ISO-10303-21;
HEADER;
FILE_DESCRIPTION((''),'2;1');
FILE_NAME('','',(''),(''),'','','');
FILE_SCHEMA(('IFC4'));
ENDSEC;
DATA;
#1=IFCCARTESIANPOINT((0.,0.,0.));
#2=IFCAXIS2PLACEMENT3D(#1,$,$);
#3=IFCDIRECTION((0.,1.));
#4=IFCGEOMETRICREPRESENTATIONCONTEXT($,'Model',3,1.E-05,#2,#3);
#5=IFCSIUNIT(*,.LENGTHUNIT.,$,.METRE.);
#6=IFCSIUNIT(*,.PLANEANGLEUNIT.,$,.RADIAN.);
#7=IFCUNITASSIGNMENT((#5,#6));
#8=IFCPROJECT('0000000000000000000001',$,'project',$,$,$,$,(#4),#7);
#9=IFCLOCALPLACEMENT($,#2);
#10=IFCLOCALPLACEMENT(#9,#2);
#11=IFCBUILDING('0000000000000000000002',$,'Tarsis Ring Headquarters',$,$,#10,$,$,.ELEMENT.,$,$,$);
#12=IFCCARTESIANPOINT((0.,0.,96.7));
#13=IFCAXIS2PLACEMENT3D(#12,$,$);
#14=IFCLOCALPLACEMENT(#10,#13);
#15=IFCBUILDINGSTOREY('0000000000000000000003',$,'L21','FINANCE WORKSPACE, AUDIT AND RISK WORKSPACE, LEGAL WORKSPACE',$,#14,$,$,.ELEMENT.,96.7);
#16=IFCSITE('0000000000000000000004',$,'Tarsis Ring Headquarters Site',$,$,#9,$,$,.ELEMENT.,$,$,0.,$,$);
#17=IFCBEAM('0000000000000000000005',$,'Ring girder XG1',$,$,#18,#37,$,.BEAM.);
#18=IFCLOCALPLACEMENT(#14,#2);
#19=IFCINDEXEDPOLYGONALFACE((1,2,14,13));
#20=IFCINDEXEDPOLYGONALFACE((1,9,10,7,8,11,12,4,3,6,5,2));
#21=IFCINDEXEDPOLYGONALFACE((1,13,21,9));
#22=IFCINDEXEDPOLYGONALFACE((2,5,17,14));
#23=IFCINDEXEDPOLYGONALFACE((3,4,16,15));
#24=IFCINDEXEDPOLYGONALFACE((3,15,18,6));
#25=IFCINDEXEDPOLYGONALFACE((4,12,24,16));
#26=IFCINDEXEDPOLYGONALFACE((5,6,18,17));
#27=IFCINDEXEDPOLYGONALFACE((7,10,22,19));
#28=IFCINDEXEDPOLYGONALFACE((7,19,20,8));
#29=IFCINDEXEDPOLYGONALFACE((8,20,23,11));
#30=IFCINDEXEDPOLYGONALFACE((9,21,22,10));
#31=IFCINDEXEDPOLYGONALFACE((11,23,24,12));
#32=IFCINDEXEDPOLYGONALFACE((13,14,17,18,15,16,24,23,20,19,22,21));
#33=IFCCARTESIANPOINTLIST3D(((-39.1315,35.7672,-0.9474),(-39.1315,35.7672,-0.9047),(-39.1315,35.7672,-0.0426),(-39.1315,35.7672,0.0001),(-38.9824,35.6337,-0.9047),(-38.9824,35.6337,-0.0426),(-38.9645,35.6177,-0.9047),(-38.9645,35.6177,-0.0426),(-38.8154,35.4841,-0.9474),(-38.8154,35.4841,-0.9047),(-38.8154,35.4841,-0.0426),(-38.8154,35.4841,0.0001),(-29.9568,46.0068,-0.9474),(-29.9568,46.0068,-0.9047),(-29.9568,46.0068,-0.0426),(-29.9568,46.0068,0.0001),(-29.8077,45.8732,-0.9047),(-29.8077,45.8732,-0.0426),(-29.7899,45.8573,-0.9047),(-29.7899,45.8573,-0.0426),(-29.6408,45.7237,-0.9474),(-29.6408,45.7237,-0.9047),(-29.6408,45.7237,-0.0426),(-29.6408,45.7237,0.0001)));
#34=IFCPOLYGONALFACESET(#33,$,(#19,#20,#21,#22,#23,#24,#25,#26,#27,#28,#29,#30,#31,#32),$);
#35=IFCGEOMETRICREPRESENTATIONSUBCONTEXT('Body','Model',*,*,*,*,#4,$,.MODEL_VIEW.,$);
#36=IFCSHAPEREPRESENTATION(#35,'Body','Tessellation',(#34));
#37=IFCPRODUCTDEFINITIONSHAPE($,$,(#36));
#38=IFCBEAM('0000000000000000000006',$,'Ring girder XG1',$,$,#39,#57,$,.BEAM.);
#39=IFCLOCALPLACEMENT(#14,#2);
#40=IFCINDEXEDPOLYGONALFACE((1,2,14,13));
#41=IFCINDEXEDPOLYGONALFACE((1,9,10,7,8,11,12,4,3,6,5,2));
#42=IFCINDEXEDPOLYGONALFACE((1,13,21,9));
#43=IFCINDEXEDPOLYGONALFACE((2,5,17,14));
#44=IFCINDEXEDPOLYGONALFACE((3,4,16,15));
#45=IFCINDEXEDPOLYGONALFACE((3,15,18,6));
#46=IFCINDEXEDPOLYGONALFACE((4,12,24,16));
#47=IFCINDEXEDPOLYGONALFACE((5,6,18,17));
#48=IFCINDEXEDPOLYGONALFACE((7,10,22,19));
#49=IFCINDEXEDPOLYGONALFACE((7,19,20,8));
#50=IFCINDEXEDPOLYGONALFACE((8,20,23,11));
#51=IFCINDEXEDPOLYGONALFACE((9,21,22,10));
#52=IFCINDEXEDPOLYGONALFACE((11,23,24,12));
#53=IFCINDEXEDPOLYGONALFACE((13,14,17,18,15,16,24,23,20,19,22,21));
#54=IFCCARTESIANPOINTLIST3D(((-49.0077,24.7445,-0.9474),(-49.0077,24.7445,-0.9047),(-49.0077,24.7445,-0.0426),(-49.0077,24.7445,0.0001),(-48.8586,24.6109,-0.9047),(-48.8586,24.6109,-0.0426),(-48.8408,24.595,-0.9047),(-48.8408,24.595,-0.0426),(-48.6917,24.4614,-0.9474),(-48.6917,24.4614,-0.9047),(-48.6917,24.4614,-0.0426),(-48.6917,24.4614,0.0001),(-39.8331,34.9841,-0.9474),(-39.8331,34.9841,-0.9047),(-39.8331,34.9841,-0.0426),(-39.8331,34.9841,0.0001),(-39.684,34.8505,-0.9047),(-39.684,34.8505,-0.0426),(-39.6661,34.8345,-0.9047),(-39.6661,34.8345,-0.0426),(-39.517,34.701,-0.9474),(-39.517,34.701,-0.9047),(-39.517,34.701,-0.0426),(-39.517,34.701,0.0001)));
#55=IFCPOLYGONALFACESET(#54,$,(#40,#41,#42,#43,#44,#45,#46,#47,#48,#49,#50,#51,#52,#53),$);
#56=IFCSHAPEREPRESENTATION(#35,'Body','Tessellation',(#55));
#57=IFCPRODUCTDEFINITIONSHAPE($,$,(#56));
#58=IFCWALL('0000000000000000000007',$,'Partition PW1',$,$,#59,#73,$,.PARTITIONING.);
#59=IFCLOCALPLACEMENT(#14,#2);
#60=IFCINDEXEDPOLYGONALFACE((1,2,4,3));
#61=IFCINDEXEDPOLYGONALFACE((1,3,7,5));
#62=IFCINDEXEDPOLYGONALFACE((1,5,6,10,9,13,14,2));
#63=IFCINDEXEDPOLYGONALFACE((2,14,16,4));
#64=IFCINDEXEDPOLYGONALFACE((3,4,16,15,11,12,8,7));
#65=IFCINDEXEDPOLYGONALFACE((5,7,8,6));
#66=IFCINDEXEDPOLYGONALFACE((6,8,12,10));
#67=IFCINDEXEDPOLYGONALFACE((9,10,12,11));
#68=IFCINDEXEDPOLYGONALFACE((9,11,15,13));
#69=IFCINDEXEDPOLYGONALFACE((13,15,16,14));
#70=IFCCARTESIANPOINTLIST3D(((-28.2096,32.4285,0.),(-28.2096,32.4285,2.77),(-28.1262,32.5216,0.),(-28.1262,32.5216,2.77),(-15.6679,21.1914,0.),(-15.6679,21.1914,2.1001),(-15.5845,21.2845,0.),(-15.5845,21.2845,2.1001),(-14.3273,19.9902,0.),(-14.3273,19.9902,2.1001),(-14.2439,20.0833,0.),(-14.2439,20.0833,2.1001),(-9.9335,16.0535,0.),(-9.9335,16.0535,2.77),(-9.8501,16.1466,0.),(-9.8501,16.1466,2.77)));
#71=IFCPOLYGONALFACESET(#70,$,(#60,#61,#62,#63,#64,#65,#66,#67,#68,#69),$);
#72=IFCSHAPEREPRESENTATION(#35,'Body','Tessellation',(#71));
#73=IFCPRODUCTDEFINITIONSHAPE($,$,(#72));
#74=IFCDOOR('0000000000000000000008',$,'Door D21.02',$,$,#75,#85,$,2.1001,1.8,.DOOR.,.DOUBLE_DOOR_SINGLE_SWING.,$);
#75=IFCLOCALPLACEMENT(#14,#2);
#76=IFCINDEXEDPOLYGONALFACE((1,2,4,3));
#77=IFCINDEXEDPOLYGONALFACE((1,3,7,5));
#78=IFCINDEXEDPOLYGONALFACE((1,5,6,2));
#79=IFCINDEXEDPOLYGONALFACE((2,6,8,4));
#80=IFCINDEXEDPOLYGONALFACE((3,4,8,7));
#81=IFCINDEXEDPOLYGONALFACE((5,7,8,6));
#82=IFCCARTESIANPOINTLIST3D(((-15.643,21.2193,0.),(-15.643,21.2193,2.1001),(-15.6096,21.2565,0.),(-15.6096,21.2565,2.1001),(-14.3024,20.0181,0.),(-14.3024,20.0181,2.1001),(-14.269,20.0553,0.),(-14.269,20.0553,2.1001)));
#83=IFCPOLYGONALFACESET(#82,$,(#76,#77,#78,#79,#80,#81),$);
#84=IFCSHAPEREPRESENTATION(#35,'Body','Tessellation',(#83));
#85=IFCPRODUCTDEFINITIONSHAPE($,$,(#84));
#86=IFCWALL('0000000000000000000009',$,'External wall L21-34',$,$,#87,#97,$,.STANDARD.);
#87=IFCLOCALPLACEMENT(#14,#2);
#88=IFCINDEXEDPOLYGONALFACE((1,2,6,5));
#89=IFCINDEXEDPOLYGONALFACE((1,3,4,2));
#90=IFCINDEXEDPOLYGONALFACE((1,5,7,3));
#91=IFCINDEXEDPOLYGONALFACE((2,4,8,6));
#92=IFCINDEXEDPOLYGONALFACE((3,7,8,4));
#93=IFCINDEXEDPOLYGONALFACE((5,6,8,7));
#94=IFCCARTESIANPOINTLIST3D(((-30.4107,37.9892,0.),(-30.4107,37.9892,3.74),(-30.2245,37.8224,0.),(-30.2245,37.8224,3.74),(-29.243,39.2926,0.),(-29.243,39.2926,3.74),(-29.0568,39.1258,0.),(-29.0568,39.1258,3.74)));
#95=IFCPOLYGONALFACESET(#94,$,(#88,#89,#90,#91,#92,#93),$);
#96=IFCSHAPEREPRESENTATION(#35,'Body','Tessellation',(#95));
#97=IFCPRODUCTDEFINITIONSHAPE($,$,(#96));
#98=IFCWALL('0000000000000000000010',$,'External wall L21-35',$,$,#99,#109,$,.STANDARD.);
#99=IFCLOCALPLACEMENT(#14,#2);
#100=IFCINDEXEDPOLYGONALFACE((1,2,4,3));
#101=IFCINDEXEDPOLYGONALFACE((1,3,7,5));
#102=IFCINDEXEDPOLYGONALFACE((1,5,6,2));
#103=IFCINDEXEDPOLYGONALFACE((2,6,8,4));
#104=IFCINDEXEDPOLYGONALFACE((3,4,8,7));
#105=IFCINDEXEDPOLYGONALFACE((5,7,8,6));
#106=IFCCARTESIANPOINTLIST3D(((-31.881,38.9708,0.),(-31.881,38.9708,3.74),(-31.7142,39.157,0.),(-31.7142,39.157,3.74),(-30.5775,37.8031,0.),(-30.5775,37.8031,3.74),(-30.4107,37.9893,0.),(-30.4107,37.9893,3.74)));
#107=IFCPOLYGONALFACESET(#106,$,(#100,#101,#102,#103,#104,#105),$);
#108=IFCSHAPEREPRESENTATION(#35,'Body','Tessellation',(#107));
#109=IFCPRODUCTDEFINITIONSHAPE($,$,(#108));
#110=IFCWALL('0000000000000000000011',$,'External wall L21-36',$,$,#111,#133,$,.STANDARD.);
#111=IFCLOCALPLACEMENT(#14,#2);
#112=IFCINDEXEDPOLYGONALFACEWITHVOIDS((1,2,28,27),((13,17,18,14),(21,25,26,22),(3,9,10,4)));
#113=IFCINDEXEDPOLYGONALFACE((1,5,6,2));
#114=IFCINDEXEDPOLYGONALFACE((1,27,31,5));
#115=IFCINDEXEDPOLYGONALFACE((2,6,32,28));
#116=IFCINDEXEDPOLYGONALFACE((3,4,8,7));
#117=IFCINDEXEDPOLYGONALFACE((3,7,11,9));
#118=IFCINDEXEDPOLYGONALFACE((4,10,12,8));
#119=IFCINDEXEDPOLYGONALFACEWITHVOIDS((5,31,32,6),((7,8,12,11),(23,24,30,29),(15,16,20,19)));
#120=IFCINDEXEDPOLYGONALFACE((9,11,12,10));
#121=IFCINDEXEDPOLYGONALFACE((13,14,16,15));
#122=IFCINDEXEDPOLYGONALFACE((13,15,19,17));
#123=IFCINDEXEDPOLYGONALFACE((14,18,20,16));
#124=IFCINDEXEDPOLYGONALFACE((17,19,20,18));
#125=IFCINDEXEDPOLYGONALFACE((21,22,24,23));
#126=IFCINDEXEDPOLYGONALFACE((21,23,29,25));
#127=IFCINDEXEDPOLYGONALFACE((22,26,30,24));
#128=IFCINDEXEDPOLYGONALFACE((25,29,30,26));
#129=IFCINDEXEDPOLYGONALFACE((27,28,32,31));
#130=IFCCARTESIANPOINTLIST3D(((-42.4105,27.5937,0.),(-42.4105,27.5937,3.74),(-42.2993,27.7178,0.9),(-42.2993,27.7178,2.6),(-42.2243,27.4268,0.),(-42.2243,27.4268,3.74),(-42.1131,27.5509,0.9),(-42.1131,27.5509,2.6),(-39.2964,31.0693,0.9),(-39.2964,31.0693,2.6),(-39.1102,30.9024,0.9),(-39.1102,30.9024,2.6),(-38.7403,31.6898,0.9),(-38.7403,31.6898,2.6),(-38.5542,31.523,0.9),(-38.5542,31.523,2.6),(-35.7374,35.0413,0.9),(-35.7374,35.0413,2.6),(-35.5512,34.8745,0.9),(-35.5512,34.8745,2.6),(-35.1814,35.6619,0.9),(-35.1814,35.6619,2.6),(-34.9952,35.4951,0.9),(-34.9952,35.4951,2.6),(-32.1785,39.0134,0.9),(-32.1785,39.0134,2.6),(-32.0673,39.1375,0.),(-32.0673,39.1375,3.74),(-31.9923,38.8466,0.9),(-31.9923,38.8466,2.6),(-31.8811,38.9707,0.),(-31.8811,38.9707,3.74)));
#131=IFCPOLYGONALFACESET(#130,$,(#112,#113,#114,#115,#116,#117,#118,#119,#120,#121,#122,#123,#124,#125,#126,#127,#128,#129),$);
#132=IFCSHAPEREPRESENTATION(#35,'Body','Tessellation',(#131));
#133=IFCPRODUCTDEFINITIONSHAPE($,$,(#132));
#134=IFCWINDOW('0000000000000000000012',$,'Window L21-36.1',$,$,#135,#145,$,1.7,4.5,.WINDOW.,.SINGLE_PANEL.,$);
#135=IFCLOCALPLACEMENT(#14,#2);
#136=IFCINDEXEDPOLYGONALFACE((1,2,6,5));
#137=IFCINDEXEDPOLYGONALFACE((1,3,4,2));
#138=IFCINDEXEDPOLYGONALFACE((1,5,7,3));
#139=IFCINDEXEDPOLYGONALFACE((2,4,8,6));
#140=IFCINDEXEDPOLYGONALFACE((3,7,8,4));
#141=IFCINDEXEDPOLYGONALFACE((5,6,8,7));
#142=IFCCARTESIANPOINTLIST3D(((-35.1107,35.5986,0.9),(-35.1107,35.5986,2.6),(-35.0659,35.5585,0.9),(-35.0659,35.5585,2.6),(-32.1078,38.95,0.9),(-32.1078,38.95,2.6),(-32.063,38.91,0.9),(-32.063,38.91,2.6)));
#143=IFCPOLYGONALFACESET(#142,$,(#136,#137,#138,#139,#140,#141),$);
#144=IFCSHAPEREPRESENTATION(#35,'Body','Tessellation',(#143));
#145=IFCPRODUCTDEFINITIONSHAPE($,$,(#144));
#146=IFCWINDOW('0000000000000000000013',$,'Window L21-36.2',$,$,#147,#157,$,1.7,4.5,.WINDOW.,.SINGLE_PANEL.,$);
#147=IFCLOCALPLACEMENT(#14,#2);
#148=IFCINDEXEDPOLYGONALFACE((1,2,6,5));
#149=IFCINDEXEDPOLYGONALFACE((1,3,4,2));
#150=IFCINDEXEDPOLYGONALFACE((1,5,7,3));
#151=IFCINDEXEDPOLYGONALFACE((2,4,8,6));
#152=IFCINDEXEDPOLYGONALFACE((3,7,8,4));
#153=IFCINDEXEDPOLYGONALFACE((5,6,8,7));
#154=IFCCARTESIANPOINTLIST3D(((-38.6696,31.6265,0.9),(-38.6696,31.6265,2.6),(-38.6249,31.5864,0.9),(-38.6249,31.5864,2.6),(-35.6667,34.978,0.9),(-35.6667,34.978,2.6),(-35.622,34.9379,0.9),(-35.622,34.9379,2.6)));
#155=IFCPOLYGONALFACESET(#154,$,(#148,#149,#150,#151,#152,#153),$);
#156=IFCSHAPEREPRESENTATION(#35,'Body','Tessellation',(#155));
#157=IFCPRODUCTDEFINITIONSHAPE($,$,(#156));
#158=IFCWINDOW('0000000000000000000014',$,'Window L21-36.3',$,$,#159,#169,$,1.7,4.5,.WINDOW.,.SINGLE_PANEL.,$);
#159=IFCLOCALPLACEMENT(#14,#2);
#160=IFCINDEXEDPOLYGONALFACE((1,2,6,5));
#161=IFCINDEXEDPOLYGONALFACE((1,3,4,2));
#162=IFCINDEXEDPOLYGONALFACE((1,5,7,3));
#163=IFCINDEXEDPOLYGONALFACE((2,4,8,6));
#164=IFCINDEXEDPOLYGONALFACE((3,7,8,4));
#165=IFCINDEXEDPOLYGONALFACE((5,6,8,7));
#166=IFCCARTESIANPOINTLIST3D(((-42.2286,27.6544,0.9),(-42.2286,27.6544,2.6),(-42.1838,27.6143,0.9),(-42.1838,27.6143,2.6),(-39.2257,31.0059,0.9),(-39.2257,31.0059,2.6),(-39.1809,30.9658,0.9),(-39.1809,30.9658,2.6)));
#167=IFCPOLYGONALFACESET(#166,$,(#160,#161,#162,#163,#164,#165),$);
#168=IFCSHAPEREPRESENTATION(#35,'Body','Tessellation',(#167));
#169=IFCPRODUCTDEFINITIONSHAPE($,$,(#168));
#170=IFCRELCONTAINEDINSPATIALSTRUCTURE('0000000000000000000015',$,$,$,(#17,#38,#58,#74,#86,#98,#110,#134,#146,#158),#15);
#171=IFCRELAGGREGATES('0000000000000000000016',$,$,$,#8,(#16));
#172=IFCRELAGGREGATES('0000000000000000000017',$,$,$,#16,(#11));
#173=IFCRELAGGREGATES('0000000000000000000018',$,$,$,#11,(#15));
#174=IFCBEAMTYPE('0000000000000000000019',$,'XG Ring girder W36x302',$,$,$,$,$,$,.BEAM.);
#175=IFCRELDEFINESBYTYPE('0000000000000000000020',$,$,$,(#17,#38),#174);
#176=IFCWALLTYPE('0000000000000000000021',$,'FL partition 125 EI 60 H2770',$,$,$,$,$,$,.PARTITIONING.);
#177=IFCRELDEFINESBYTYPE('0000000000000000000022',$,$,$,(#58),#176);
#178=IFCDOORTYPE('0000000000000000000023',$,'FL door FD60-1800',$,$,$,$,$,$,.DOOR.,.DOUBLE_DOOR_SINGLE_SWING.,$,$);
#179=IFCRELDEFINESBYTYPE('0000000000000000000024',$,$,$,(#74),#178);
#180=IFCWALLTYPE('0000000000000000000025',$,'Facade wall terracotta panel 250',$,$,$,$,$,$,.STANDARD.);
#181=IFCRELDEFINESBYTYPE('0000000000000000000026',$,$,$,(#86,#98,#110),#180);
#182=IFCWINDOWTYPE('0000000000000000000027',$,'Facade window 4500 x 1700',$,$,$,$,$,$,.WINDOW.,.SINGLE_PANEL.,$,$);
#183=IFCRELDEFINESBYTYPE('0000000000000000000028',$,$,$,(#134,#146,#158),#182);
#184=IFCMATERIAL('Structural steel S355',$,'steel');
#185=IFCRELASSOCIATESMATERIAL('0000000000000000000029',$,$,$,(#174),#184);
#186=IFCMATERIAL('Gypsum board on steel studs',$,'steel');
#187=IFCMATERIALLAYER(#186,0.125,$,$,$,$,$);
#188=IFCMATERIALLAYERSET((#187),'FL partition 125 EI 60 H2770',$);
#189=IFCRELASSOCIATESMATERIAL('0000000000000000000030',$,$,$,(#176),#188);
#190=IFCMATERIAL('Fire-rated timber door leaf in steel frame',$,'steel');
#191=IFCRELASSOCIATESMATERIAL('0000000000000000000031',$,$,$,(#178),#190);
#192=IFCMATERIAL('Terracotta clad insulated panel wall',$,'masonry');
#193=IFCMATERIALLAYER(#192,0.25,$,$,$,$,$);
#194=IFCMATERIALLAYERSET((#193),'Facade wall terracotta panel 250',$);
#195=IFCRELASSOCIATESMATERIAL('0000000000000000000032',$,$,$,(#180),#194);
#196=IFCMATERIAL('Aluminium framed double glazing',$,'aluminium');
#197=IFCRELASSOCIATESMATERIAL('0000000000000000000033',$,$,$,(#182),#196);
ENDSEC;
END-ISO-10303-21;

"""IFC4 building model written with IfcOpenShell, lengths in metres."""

from ifc_helpers import new_model, si_unit, direction, frame, frame_2d, origin, origin_2d, place, context, subcontext, project, spatial, rectangle, i_section, extrude, material, layer, layer_set, material_profile, profile_set, type_object, element, fill, save


model = new_model("IFC4")

# Units and contexts
model_context = context("Model", 3, precision=1e-05, world=origin(), true_north=direction((0.0, 1.0)))
body_context = subcontext(model_context, "Body", "Model", "MODEL_VIEW")
ifc_project = project(units=[si_unit("LENGTHUNIT", "METRE"), si_unit("PLANEANGLEUNIT", "RADIAN")], contexts=[model_context])

# Site, building, storey
site_placement = place(None, origin())
site = spatial("IfcSite", under=ifc_project, at=site_placement, Name="Tarsis Ring Headquarters Site", CompositionType="ELEMENT", RefElevation=0.0)
building_placement = place(site_placement, origin())
building = spatial("IfcBuilding", under=site, at=building_placement, Name="Tarsis Ring Headquarters", CompositionType="ELEMENT")
storey_placement = place(building_placement, frame((0.0, 0.0, 96.7)))
storey = spatial("IfcBuildingStorey", under=building, at=storey_placement, Name="L21", Description="FINANCE WORKSPACE, AUDIT AND RISK WORKSPACE, LEGAL WORKSPACE", CompositionType="ELEMENT", Elevation=96.7)

# Shared definitions
ifc_material_1 = material(Name="Structural steel S355", Category="steel")

# Beams
ifc_material_profile_1 = material_profile(ifc_material_1, i_section(OverallWidth=0.4243, OverallDepth=0.9475, WebThickness=0.0239, FlangeThickness=0.0427, at=origin_2d()), Name="W36x302")
ifc_profile_set_1 = profile_set([ifc_material_profile_1], Name="Structural steel S355")
beam_type = type_object("IfcBeamType", Name="XG Ring girder W36x302", PredefinedType="BEAM", material=ifc_profile_set_1)
for number, where, z_axis, x_axis, name in (
    (1, (-29.7988, 45.8652, -0.4736), (-0.667316, -0.744775, 0.0), (0.744775, -0.667316, 0.0), "Ring girder XG1"),
    (2, (-39.675, 34.8425, -0.4736), (-0.667316, -0.744775, 0.0), (0.744775, -0.667316, 0.0), "Ring girder XG1"),
):
    element("IfcBeam", number, at=place(storey_placement, frame(where, z_axis=z_axis, x_axis=x_axis)), inside=storey, type_object=beam_type, Name=name, PredefinedType="BEAM", context=body_context, shape_type="SweptSolid", body=[
        extrude(i_section(OverallWidth=0.4243, OverallDepth=0.9475, WebThickness=0.0239, FlangeThickness=0.0427, at=origin_2d()), origin(), (0.0, 0.0, 1.0), 13.7485),
    ])

# Wall, opening, door
ifc_material_2 = material(Name="Gypsum board on steel studs", Category="steel")
ifc_layer_1 = layer(ifc_material_2, 0.125)
ifc_layer_set_1 = layer_set([ifc_layer_1], Name="FL partition 125 EI 60 H2770")
wall_type_1 = type_object("IfcWallType", Name="FL partition 125 EI 60 H2770", PredefinedType="PARTITIONING", material=ifc_layer_set_1)
wall_1_placement = place(storey_placement, frame((-28.168, 32.4751, 0.0), z_axis=(0.0, 0.0, 1.0), x_axis=(0.744782, -0.667308, 0.0)))
wall_1 = element("IfcWall", 3, at=wall_1_placement, inside=storey, type_object=wall_type_1, Name="Partition PW1", PredefinedType="PARTITIONING", context=body_context, shape_type="SweptSolid", body=[
    extrude(rectangle(XDim=24.5388, YDim=0.125, at=frame_2d((12.2695, 0.0))), origin(), (0.0, 0.0, 1.0), 2.77),
])
opening_1_placement = place(wall_1_placement, frame((16.8396, 0.0, 0.0)))
opening_1 = element("IfcOpeningElement", 4, at=opening_1_placement, cuts=wall_1, PredefinedType="OPENING", context=body_context, shape_type="SweptSolid", body=[
    extrude(rectangle(XDim=1.8, YDim=2.1001, at=frame_2d((0.8999, 1.05))), frame((0.0, 0.0725, 0.0), z_axis=(0.0, -1.0, 0.0), x_axis=(1.0, 0.0, 0.0)), (0.0, 0.0, 1.0), 0.145),
])
ifc_material_3 = material(Name="Fire-rated timber door leaf in steel frame", Category="steel")
door_type = type_object("IfcDoorType", Name="FL door FD60-1800", OperationType="DOUBLE_DOOR_SINGLE_SWING", PredefinedType="DOOR", material=ifc_material_3)
door_placement = place(opening_1_placement, origin())
door = element("IfcDoor", 5, at=door_placement, inside=storey, type_object=door_type, Name="Door D21.02", OperationType="DOUBLE_DOOR_SINGLE_SWING", OverallHeight=2.1001, OverallWidth=1.8, PredefinedType="DOOR", context=body_context, shape_type="SweptSolid", body=[
    extrude(rectangle(XDim=1.8, YDim=2.1001, at=frame_2d((0.8999, 1.05))), frame((0.0, 0.0249, 0.0), z_axis=(0.0, -1.0, 0.0), x_axis=(1.0, 0.0, 0.0)), (0.0, 0.0, 1.0), 0.05),
])
fill(opening_1, door)

# Walls
ifc_material_4 = material(Name="Terracotta clad insulated panel wall", Category="masonry")
ifc_layer_2 = layer(ifc_material_4, 0.25)
ifc_layer_set_2 = layer_set([ifc_layer_2], Name="Facade wall terracotta panel 250")
wall_type_2 = type_object("IfcWallType", Name="Facade wall terracotta panel 250", PredefinedType="STANDARD", material=ifc_layer_set_2)
for number, where, z_axis, x_axis, name in (
    (6, (-29.1499, 39.2092, 0.0), (0.0, 0.0, 1.0), (-0.66726, -0.744825, 0.0), "External wall L21-34"),
    (7, (-30.4941, 37.8962, 0.0), (0.0, 0.0, 1.0), (-0.744825, 0.66726, 0.0), "External wall L21-35"),
):
    element("IfcWall", number, at=place(storey_placement, frame(where, z_axis=z_axis, x_axis=x_axis)), inside=storey, type_object=wall_type_2, Name=name, PredefinedType="STANDARD", context=body_context, shape_type="SweptSolid", body=[
        extrude(rectangle(XDim=1.75, YDim=0.25, at=frame_2d((0.875, 0.0))), origin(), (0.0, 0.0, 1.0), 3.74),
    ])

# Wall, openings, windows
wall_2_placement = place(storey_placement, frame((-31.9741, 39.0542, 0.0), z_axis=(0.0, 0.0, 1.0), x_axis=(-0.667313, -0.744777, 0.0)))
wall_2 = element("IfcWall", 8, at=wall_2_placement, inside=storey, type_object=wall_type_2, Name="External wall L21-36", PredefinedType="STANDARD", context=body_context, shape_type="SweptSolid", body=[
    extrude(rectangle(XDim=15.4998, YDim=0.25, at=frame_2d((7.75, 0.0))), origin(), (0.0, 0.0, 1.0), 3.74),
])
opening_2_placement = place(wall_2_placement, frame((0.1667, 0.0, 0.8999)))
opening_2 = element("IfcOpeningElement", 9, at=opening_2_placement, cuts=wall_2, PredefinedType="OPENING", context=body_context, shape_type="SweptSolid", body=[
    extrude(rectangle(XDim=4.5, YDim=1.7, at=frame_2d((2.25, 0.8501))), frame((0.0, 0.135, 0.0), z_axis=(0.0, -1.0, 0.0), x_axis=(1.0, 0.0, 0.0)), (0.0, 0.0, 1.0), 0.27),
])
opening_3_placement = place(wall_2_placement, frame((5.5, 0.0, 0.8999)))
opening_3 = element("IfcOpeningElement", 10, at=opening_3_placement, cuts=wall_2, PredefinedType="OPENING", context=body_context, shape_type="SweptSolid", body=[
    extrude(rectangle(XDim=4.5, YDim=1.7, at=frame_2d((2.25, 0.8501))), frame((0.0, 0.135, 0.0), z_axis=(0.0, -1.0, 0.0), x_axis=(1.0, 0.0, 0.0)), (0.0, 0.0, 1.0), 0.27),
])
opening_4_placement = place(wall_2_placement, frame((10.8333, 0.0, 0.8999)))
opening_4 = element("IfcOpeningElement", 11, at=opening_4_placement, cuts=wall_2, PredefinedType="OPENING", context=body_context, shape_type="SweptSolid", body=[
    extrude(rectangle(XDim=4.5, YDim=1.7, at=frame_2d((2.25, 0.8501))), frame((0.0, 0.135, 0.0), z_axis=(0.0, -1.0, 0.0), x_axis=(1.0, 0.0, 0.0)), (0.0, 0.0, 1.0), 0.27),
])
ifc_material_5 = material(Name="Aluminium framed double glazing", Category="aluminium")
window_type = type_object("IfcWindowType", Name="Facade window 4500 x 1700", PartitioningType="SINGLE_PANEL", PredefinedType="WINDOW", material=ifc_material_5)
window_1_placement = place(opening_2_placement, origin())
window_1 = element("IfcWindow", 12, at=window_1_placement, inside=storey, type_object=window_type, Name="Window L21-36.1", OverallHeight=1.7, OverallWidth=4.5, PartitioningType="SINGLE_PANEL", PredefinedType="WINDOW", context=body_context, shape_type="SweptSolid", body=[
    extrude(rectangle(XDim=4.5, YDim=1.7, at=frame_2d((2.25, 0.8501))), frame((0.0, 0.03, 0.0), z_axis=(0.0, -1.0, 0.0), x_axis=(1.0, 0.0, 0.0)), (0.0, 0.0, 1.0), 0.0601),
])
fill(opening_2, window_1)
window_2_placement = place(opening_3_placement, origin())
window_2 = element("IfcWindow", 13, at=window_2_placement, inside=storey, type_object=window_type, Name="Window L21-36.2", OverallHeight=1.7, OverallWidth=4.5, PartitioningType="SINGLE_PANEL", PredefinedType="WINDOW", context=body_context, shape_type="SweptSolid", body=[
    extrude(rectangle(XDim=4.5, YDim=1.7, at=frame_2d((2.25, 0.8501))), frame((0.0, 0.03, 0.0), z_axis=(0.0, -1.0, 0.0), x_axis=(1.0, 0.0, 0.0)), (0.0, 0.0, 1.0), 0.0601),
])
fill(opening_3, window_2)
window_3_placement = place(opening_4_placement, origin())
window_3 = element("IfcWindow", 14, at=window_3_placement, inside=storey, type_object=window_type, Name="Window L21-36.3", OverallHeight=1.7, OverallWidth=4.5, PartitioningType="SINGLE_PANEL", PredefinedType="WINDOW", context=body_context, shape_type="SweptSolid", body=[
    extrude(rectangle(XDim=4.5, YDim=1.7, at=frame_2d((2.25, 0.8501))), frame((0.0, 0.03, 0.0), z_axis=(0.0, -1.0, 0.0), x_axis=(1.0, 0.0, 0.0)), (0.0, 0.0, 1.0), 0.0601),
])
fill(opening_4, window_3)

save(model, "model.ifc")
